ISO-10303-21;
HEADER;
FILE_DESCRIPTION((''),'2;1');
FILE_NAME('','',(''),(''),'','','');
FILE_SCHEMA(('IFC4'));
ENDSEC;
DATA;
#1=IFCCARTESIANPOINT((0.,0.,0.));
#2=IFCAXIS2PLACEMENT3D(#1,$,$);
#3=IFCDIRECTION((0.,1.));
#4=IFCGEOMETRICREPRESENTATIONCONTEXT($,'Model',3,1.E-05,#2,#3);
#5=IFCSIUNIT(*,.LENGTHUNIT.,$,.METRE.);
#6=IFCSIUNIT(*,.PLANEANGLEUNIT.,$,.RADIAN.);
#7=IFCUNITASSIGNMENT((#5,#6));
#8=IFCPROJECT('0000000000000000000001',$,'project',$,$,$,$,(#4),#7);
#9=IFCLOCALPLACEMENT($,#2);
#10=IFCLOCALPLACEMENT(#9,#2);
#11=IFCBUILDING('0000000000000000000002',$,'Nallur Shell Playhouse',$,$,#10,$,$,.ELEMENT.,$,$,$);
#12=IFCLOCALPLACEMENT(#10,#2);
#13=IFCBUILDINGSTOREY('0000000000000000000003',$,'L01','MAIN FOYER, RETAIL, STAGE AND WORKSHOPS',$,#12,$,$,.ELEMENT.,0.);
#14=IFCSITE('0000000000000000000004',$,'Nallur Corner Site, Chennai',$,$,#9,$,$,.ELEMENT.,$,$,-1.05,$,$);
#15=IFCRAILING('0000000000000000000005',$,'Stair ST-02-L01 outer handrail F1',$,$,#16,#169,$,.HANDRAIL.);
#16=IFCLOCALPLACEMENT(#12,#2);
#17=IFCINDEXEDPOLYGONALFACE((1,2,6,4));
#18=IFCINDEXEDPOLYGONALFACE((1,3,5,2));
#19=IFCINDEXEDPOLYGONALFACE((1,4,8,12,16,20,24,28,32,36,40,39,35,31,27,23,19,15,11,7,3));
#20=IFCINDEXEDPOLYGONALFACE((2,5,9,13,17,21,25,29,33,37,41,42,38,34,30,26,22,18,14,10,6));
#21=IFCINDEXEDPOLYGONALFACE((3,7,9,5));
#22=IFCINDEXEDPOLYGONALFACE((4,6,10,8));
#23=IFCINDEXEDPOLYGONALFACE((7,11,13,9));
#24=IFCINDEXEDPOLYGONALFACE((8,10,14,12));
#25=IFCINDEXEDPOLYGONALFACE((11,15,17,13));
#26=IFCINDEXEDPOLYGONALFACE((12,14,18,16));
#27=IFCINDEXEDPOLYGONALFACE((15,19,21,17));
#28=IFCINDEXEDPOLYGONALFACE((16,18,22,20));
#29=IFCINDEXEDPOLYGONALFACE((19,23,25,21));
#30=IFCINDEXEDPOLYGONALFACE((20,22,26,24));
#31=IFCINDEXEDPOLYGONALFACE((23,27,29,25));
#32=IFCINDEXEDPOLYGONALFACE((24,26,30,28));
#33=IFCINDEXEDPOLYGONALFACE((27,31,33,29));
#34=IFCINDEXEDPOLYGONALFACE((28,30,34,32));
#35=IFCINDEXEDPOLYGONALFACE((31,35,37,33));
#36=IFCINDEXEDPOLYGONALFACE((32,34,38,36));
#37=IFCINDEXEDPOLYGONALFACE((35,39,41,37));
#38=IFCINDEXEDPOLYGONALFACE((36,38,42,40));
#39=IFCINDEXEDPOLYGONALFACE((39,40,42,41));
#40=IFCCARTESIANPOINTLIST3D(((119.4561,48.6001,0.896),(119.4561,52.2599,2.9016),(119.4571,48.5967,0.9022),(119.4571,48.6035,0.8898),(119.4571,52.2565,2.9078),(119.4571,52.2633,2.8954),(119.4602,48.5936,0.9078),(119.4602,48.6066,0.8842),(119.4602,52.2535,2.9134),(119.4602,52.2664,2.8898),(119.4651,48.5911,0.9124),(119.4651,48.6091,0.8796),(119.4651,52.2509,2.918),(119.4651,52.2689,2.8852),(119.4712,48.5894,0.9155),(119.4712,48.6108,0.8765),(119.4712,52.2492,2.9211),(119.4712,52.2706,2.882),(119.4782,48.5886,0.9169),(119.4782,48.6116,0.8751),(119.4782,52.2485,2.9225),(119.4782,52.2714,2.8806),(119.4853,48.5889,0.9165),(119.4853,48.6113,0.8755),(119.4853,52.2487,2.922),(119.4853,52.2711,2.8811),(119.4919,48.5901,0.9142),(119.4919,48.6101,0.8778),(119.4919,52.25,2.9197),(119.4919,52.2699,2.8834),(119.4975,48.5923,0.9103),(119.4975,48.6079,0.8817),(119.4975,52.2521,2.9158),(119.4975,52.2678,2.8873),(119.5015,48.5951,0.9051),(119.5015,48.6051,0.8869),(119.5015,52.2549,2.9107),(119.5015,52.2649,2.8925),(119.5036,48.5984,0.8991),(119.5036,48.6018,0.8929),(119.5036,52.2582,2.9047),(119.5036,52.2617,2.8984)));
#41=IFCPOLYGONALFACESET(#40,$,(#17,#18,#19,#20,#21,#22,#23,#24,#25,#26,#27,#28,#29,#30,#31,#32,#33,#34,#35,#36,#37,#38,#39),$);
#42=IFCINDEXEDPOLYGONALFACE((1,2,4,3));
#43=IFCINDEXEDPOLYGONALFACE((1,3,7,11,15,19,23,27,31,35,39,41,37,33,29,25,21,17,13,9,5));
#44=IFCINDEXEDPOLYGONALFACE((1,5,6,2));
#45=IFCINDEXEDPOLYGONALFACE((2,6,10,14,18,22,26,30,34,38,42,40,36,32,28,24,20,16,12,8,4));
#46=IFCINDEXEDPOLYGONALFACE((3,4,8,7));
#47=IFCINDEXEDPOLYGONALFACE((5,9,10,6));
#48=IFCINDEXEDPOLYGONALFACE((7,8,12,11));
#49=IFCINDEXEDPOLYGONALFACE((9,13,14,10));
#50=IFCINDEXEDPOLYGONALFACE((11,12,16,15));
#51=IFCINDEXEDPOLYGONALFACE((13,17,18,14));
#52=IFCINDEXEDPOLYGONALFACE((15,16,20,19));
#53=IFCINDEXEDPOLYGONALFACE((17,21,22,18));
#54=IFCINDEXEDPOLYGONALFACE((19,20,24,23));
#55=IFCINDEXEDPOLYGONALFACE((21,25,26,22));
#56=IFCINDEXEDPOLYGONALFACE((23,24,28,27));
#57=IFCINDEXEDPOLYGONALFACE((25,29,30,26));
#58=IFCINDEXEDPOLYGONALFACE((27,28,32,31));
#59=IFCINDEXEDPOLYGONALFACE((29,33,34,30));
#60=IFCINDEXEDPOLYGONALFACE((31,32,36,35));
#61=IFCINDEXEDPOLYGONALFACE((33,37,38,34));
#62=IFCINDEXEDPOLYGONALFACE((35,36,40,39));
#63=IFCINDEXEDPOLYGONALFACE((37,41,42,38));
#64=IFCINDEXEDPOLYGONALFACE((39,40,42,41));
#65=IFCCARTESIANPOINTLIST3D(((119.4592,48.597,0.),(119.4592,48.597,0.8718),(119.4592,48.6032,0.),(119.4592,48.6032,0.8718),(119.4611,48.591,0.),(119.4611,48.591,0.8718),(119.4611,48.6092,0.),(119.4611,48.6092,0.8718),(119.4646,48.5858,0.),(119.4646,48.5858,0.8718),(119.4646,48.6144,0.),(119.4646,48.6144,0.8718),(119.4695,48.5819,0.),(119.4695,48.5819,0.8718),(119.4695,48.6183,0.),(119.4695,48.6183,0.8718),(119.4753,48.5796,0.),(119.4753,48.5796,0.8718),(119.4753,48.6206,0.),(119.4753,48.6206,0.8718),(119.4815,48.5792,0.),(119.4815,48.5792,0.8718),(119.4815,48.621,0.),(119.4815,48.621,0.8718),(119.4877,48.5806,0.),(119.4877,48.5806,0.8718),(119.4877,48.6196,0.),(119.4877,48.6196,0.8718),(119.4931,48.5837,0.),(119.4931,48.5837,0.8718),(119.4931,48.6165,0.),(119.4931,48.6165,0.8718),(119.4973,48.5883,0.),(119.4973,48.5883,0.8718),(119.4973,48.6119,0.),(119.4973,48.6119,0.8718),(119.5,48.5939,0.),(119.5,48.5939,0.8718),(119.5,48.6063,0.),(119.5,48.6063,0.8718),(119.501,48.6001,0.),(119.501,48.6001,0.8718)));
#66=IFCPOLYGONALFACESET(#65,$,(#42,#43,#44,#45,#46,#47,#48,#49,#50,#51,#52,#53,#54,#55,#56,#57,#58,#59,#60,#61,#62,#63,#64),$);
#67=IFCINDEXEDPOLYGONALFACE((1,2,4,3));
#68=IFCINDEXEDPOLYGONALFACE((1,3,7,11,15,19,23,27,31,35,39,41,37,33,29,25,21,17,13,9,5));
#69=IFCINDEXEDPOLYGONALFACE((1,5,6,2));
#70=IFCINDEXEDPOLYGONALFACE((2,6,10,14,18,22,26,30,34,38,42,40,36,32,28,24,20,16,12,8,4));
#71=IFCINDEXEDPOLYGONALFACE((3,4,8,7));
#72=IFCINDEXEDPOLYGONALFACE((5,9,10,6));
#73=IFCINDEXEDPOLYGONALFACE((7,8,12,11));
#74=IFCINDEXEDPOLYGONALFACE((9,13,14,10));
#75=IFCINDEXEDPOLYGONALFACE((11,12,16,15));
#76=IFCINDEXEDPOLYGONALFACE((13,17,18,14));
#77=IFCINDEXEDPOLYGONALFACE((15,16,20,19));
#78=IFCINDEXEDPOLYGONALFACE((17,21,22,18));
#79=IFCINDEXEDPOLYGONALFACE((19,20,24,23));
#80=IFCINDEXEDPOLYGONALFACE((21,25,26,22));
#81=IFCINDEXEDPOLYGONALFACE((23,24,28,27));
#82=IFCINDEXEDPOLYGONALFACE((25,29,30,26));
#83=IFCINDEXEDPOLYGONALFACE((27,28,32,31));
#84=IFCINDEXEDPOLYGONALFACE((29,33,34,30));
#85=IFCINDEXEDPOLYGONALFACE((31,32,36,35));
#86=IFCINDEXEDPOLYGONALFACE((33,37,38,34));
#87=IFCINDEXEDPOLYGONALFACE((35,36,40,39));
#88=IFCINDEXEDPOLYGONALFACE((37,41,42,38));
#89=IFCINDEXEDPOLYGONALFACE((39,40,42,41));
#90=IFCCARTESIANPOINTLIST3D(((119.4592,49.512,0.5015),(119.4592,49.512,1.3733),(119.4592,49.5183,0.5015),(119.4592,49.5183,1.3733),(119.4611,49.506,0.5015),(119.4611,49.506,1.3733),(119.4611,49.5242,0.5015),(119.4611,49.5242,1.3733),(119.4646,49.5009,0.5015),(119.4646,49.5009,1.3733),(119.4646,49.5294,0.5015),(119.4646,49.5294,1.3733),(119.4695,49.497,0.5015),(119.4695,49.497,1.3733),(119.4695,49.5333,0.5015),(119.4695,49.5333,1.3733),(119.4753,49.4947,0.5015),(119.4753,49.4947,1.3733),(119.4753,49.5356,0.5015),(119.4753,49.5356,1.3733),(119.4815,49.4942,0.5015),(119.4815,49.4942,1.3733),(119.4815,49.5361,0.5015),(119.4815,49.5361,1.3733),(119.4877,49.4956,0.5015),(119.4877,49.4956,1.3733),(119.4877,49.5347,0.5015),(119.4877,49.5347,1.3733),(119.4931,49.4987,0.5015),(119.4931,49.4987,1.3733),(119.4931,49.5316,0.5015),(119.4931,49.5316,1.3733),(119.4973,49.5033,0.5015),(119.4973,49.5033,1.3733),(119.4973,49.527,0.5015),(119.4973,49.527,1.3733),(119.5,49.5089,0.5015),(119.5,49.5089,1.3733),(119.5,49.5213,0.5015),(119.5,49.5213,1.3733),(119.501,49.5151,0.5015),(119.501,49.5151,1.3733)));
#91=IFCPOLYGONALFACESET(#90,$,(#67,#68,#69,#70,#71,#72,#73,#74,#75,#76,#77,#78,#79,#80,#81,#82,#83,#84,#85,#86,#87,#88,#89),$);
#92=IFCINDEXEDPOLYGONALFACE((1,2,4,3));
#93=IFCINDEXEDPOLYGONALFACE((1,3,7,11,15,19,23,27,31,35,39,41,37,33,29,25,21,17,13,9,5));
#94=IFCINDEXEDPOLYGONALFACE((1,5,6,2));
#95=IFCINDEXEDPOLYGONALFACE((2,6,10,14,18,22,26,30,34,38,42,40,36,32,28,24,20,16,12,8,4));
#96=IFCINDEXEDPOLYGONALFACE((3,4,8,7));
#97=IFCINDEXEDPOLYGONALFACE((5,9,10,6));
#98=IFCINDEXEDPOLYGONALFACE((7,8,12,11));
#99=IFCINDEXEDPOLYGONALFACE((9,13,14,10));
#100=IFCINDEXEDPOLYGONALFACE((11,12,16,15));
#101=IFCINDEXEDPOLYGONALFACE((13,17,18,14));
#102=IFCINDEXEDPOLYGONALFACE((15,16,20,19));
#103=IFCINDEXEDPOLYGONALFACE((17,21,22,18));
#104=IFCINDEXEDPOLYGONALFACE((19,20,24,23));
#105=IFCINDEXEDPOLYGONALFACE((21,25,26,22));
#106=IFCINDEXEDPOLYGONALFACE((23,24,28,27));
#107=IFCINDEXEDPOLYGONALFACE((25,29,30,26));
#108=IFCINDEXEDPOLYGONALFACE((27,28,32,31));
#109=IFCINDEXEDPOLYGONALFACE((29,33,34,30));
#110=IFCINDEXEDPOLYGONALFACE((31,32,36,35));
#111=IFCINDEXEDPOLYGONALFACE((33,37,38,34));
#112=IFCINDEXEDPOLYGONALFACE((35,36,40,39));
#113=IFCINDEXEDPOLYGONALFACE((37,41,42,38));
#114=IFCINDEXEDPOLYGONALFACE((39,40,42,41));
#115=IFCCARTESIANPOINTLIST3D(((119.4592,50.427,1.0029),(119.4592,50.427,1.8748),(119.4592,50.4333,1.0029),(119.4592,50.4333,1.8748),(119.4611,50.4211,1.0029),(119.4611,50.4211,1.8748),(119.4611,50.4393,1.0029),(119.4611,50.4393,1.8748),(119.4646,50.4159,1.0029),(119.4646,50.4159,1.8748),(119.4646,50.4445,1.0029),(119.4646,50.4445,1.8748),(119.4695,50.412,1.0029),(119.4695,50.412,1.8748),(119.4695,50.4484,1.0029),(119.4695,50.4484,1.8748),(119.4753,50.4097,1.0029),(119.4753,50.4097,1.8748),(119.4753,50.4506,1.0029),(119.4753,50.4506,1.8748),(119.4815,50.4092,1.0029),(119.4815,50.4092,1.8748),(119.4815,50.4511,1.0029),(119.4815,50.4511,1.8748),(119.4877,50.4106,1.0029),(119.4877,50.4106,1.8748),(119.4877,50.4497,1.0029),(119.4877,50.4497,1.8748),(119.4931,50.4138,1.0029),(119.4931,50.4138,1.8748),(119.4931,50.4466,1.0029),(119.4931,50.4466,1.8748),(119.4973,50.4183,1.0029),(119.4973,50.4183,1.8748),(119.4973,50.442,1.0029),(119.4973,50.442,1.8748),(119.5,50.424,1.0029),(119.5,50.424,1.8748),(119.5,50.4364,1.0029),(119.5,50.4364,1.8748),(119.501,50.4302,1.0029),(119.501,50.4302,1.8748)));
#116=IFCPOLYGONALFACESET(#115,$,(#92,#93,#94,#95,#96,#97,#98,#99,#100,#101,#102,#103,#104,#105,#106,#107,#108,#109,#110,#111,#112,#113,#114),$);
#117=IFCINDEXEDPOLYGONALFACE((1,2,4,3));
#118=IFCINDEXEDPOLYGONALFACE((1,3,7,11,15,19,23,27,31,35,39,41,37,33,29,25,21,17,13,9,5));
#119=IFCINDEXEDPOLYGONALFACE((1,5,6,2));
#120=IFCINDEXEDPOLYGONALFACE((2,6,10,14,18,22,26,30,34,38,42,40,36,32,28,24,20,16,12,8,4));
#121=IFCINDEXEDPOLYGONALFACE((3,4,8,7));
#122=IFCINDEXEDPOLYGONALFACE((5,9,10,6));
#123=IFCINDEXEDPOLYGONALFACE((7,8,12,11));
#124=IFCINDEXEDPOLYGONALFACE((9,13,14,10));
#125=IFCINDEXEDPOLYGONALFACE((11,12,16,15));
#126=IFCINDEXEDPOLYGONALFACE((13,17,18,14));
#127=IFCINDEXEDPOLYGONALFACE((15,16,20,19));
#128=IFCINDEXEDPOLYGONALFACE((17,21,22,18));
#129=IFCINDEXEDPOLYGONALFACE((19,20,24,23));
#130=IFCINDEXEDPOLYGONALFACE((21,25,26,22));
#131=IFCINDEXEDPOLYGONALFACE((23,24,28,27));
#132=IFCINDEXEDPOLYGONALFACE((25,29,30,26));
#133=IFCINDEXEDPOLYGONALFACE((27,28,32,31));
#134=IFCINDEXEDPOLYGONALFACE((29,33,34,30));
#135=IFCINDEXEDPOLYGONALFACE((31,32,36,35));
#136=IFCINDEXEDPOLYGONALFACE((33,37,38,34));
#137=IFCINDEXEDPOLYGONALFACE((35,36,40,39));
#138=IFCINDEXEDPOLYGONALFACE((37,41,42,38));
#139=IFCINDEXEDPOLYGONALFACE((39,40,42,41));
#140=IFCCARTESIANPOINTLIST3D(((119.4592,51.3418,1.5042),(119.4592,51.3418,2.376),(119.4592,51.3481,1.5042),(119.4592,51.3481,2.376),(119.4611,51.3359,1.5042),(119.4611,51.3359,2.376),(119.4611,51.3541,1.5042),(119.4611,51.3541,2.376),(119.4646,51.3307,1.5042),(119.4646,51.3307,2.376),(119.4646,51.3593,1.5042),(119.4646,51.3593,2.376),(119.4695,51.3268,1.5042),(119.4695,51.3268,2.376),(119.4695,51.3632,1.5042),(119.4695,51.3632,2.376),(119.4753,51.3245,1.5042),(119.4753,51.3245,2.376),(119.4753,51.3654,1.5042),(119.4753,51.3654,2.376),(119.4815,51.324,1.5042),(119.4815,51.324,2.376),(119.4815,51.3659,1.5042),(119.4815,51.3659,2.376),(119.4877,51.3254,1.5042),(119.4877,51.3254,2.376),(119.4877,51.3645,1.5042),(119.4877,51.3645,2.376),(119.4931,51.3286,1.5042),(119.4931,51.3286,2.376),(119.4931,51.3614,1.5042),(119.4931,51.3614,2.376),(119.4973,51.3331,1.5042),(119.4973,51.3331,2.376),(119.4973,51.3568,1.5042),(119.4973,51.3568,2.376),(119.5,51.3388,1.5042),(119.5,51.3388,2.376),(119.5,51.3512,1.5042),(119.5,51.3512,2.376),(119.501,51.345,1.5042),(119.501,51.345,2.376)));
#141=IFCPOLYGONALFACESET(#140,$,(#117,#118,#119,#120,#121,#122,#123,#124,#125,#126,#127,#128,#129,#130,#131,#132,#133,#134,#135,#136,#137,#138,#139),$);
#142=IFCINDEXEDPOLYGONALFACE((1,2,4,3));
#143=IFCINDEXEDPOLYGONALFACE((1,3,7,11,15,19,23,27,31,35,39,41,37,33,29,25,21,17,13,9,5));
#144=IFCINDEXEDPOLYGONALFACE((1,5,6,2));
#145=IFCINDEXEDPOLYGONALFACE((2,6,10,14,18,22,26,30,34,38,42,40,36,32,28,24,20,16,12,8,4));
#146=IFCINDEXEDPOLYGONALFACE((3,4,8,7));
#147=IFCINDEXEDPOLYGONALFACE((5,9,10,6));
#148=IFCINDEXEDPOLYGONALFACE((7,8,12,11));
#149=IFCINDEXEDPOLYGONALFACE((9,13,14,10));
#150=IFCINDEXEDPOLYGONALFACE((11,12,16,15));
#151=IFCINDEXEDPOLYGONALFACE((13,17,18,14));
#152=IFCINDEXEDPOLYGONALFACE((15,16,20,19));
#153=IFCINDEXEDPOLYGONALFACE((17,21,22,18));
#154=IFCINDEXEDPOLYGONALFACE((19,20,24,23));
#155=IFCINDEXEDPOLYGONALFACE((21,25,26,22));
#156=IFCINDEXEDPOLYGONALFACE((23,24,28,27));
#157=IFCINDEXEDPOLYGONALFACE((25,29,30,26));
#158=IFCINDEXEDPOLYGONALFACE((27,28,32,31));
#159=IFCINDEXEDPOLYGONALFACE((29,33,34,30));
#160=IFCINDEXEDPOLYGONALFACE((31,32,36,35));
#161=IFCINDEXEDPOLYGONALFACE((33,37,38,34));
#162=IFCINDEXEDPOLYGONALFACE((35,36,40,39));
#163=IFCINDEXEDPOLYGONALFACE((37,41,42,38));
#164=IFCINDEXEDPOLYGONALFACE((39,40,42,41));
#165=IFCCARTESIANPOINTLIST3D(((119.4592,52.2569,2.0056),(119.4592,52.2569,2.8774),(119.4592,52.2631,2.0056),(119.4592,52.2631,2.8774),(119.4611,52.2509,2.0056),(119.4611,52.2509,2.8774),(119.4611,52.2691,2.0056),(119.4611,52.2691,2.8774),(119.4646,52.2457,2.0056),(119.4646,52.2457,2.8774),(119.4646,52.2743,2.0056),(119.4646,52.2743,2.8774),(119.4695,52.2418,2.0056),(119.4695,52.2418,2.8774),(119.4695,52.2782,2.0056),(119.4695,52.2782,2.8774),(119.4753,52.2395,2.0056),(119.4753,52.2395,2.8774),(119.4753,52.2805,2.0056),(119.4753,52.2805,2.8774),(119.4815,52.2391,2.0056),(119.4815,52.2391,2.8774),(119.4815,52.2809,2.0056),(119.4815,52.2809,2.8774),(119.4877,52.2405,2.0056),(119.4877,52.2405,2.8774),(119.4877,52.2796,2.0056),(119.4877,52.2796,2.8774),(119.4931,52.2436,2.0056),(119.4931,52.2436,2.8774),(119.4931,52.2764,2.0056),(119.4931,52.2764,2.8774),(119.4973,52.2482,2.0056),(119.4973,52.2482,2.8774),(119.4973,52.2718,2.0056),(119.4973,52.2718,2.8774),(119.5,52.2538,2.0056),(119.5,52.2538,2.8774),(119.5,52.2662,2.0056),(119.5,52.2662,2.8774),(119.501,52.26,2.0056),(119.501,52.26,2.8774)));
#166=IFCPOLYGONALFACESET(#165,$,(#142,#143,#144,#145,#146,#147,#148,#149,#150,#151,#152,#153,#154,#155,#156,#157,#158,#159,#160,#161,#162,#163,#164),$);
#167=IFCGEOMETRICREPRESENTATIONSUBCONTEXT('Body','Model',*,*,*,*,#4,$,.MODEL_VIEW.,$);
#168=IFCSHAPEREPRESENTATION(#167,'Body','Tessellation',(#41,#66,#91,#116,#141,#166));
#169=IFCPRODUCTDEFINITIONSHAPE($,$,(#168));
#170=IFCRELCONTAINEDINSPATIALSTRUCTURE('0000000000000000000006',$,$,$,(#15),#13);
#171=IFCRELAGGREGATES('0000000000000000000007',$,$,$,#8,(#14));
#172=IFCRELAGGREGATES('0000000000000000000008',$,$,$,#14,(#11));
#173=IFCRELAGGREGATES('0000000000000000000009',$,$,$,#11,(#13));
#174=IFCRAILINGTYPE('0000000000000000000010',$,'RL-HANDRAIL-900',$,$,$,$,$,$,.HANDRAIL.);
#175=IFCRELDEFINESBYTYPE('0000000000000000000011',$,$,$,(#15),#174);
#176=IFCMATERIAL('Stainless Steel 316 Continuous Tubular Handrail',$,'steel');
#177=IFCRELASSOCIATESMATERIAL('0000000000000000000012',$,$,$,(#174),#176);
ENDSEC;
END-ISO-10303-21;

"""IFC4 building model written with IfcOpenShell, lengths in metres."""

from ifc_helpers import new_model, si_unit, direction, frame, origin, origin_2d, place, context, subcontext, project, spatial, circle, extrude, material, type_object, element, save


model = new_model("IFC4")

# Units and contexts
model_context = context("Model", 3, precision=1e-05, world=origin(), true_north=direction((0.0, 1.0)))
body_context = subcontext(model_context, "Body", "Model", "MODEL_VIEW")
ifc_project = project(units=[si_unit("LENGTHUNIT", "METRE"), si_unit("PLANEANGLEUNIT", "RADIAN")], contexts=[model_context])

# Site, building, storey
site_placement = place(None, origin())
site = spatial("IfcSite", under=ifc_project, at=site_placement, Name="Nallur Corner Site, Chennai", CompositionType="ELEMENT", RefElevation=-1.05)
building_placement = place(site_placement, origin())
building = spatial("IfcBuilding", under=site, at=building_placement, Name="Nallur Shell Playhouse", CompositionType="ELEMENT")
storey_placement = place(building_placement, origin())
storey = spatial("IfcBuildingStorey", under=building, at=storey_placement, Name="L01", Description="MAIN FOYER, RETAIL, STAGE AND WORKSHOPS", CompositionType="ELEMENT", Elevation=0.0)

# Railing
ifc_material_1 = material(Name="Stainless Steel 316 Continuous Tubular Handrail", Category="steel")
railing_type_1 = type_object("IfcRailingType", Name="RL-HANDRAIL-900", PredefinedType="HANDRAIL", material=ifc_material_1)
railing_1_placement = place(storey_placement, frame((119.48, 48.6001, 0.0)))
element("IfcRailing", 1, at=railing_1_placement, inside=storey, type_object=railing_type_1, Name="Stair ST-02-L01 outer handrail F1", PredefinedType="HANDRAIL", context=body_context, shape_type="SweptSolid", body=[
    extrude(circle(Radius=0.0239, at=origin_2d()), frame((0.0, 0.0, 0.896), z_axis=(0.0, 0.876957, 0.480569), x_axis=(-1.0, 0.0, 0.0)), (0.0, 0.0, 1.0), 4.1733),
    extrude(circle(Radius=0.021, at=origin_2d()), origin(), (0.0, 0.0, 1.0), 0.8718),
    extrude(circle(Radius=0.021, at=origin_2d()), frame((0.0, 0.915, 0.5015)), (0.0, 0.0, 1.0), 0.8718),
    extrude(circle(Radius=0.021, at=origin_2d()), frame((0.0, 1.8301, 1.0029)), (0.0, 0.0, 1.0), 0.8718),
    extrude(circle(Radius=0.021, at=origin_2d()), frame((0.0, 2.7449, 1.5042)), (0.0, 0.0, 1.0), 0.8718),
    extrude(circle(Radius=0.021, at=origin_2d()), frame((0.0, 3.6599, 2.0056)), (0.0, 0.0, 1.0), 0.8718),
])

save(model, "model.ifc")
